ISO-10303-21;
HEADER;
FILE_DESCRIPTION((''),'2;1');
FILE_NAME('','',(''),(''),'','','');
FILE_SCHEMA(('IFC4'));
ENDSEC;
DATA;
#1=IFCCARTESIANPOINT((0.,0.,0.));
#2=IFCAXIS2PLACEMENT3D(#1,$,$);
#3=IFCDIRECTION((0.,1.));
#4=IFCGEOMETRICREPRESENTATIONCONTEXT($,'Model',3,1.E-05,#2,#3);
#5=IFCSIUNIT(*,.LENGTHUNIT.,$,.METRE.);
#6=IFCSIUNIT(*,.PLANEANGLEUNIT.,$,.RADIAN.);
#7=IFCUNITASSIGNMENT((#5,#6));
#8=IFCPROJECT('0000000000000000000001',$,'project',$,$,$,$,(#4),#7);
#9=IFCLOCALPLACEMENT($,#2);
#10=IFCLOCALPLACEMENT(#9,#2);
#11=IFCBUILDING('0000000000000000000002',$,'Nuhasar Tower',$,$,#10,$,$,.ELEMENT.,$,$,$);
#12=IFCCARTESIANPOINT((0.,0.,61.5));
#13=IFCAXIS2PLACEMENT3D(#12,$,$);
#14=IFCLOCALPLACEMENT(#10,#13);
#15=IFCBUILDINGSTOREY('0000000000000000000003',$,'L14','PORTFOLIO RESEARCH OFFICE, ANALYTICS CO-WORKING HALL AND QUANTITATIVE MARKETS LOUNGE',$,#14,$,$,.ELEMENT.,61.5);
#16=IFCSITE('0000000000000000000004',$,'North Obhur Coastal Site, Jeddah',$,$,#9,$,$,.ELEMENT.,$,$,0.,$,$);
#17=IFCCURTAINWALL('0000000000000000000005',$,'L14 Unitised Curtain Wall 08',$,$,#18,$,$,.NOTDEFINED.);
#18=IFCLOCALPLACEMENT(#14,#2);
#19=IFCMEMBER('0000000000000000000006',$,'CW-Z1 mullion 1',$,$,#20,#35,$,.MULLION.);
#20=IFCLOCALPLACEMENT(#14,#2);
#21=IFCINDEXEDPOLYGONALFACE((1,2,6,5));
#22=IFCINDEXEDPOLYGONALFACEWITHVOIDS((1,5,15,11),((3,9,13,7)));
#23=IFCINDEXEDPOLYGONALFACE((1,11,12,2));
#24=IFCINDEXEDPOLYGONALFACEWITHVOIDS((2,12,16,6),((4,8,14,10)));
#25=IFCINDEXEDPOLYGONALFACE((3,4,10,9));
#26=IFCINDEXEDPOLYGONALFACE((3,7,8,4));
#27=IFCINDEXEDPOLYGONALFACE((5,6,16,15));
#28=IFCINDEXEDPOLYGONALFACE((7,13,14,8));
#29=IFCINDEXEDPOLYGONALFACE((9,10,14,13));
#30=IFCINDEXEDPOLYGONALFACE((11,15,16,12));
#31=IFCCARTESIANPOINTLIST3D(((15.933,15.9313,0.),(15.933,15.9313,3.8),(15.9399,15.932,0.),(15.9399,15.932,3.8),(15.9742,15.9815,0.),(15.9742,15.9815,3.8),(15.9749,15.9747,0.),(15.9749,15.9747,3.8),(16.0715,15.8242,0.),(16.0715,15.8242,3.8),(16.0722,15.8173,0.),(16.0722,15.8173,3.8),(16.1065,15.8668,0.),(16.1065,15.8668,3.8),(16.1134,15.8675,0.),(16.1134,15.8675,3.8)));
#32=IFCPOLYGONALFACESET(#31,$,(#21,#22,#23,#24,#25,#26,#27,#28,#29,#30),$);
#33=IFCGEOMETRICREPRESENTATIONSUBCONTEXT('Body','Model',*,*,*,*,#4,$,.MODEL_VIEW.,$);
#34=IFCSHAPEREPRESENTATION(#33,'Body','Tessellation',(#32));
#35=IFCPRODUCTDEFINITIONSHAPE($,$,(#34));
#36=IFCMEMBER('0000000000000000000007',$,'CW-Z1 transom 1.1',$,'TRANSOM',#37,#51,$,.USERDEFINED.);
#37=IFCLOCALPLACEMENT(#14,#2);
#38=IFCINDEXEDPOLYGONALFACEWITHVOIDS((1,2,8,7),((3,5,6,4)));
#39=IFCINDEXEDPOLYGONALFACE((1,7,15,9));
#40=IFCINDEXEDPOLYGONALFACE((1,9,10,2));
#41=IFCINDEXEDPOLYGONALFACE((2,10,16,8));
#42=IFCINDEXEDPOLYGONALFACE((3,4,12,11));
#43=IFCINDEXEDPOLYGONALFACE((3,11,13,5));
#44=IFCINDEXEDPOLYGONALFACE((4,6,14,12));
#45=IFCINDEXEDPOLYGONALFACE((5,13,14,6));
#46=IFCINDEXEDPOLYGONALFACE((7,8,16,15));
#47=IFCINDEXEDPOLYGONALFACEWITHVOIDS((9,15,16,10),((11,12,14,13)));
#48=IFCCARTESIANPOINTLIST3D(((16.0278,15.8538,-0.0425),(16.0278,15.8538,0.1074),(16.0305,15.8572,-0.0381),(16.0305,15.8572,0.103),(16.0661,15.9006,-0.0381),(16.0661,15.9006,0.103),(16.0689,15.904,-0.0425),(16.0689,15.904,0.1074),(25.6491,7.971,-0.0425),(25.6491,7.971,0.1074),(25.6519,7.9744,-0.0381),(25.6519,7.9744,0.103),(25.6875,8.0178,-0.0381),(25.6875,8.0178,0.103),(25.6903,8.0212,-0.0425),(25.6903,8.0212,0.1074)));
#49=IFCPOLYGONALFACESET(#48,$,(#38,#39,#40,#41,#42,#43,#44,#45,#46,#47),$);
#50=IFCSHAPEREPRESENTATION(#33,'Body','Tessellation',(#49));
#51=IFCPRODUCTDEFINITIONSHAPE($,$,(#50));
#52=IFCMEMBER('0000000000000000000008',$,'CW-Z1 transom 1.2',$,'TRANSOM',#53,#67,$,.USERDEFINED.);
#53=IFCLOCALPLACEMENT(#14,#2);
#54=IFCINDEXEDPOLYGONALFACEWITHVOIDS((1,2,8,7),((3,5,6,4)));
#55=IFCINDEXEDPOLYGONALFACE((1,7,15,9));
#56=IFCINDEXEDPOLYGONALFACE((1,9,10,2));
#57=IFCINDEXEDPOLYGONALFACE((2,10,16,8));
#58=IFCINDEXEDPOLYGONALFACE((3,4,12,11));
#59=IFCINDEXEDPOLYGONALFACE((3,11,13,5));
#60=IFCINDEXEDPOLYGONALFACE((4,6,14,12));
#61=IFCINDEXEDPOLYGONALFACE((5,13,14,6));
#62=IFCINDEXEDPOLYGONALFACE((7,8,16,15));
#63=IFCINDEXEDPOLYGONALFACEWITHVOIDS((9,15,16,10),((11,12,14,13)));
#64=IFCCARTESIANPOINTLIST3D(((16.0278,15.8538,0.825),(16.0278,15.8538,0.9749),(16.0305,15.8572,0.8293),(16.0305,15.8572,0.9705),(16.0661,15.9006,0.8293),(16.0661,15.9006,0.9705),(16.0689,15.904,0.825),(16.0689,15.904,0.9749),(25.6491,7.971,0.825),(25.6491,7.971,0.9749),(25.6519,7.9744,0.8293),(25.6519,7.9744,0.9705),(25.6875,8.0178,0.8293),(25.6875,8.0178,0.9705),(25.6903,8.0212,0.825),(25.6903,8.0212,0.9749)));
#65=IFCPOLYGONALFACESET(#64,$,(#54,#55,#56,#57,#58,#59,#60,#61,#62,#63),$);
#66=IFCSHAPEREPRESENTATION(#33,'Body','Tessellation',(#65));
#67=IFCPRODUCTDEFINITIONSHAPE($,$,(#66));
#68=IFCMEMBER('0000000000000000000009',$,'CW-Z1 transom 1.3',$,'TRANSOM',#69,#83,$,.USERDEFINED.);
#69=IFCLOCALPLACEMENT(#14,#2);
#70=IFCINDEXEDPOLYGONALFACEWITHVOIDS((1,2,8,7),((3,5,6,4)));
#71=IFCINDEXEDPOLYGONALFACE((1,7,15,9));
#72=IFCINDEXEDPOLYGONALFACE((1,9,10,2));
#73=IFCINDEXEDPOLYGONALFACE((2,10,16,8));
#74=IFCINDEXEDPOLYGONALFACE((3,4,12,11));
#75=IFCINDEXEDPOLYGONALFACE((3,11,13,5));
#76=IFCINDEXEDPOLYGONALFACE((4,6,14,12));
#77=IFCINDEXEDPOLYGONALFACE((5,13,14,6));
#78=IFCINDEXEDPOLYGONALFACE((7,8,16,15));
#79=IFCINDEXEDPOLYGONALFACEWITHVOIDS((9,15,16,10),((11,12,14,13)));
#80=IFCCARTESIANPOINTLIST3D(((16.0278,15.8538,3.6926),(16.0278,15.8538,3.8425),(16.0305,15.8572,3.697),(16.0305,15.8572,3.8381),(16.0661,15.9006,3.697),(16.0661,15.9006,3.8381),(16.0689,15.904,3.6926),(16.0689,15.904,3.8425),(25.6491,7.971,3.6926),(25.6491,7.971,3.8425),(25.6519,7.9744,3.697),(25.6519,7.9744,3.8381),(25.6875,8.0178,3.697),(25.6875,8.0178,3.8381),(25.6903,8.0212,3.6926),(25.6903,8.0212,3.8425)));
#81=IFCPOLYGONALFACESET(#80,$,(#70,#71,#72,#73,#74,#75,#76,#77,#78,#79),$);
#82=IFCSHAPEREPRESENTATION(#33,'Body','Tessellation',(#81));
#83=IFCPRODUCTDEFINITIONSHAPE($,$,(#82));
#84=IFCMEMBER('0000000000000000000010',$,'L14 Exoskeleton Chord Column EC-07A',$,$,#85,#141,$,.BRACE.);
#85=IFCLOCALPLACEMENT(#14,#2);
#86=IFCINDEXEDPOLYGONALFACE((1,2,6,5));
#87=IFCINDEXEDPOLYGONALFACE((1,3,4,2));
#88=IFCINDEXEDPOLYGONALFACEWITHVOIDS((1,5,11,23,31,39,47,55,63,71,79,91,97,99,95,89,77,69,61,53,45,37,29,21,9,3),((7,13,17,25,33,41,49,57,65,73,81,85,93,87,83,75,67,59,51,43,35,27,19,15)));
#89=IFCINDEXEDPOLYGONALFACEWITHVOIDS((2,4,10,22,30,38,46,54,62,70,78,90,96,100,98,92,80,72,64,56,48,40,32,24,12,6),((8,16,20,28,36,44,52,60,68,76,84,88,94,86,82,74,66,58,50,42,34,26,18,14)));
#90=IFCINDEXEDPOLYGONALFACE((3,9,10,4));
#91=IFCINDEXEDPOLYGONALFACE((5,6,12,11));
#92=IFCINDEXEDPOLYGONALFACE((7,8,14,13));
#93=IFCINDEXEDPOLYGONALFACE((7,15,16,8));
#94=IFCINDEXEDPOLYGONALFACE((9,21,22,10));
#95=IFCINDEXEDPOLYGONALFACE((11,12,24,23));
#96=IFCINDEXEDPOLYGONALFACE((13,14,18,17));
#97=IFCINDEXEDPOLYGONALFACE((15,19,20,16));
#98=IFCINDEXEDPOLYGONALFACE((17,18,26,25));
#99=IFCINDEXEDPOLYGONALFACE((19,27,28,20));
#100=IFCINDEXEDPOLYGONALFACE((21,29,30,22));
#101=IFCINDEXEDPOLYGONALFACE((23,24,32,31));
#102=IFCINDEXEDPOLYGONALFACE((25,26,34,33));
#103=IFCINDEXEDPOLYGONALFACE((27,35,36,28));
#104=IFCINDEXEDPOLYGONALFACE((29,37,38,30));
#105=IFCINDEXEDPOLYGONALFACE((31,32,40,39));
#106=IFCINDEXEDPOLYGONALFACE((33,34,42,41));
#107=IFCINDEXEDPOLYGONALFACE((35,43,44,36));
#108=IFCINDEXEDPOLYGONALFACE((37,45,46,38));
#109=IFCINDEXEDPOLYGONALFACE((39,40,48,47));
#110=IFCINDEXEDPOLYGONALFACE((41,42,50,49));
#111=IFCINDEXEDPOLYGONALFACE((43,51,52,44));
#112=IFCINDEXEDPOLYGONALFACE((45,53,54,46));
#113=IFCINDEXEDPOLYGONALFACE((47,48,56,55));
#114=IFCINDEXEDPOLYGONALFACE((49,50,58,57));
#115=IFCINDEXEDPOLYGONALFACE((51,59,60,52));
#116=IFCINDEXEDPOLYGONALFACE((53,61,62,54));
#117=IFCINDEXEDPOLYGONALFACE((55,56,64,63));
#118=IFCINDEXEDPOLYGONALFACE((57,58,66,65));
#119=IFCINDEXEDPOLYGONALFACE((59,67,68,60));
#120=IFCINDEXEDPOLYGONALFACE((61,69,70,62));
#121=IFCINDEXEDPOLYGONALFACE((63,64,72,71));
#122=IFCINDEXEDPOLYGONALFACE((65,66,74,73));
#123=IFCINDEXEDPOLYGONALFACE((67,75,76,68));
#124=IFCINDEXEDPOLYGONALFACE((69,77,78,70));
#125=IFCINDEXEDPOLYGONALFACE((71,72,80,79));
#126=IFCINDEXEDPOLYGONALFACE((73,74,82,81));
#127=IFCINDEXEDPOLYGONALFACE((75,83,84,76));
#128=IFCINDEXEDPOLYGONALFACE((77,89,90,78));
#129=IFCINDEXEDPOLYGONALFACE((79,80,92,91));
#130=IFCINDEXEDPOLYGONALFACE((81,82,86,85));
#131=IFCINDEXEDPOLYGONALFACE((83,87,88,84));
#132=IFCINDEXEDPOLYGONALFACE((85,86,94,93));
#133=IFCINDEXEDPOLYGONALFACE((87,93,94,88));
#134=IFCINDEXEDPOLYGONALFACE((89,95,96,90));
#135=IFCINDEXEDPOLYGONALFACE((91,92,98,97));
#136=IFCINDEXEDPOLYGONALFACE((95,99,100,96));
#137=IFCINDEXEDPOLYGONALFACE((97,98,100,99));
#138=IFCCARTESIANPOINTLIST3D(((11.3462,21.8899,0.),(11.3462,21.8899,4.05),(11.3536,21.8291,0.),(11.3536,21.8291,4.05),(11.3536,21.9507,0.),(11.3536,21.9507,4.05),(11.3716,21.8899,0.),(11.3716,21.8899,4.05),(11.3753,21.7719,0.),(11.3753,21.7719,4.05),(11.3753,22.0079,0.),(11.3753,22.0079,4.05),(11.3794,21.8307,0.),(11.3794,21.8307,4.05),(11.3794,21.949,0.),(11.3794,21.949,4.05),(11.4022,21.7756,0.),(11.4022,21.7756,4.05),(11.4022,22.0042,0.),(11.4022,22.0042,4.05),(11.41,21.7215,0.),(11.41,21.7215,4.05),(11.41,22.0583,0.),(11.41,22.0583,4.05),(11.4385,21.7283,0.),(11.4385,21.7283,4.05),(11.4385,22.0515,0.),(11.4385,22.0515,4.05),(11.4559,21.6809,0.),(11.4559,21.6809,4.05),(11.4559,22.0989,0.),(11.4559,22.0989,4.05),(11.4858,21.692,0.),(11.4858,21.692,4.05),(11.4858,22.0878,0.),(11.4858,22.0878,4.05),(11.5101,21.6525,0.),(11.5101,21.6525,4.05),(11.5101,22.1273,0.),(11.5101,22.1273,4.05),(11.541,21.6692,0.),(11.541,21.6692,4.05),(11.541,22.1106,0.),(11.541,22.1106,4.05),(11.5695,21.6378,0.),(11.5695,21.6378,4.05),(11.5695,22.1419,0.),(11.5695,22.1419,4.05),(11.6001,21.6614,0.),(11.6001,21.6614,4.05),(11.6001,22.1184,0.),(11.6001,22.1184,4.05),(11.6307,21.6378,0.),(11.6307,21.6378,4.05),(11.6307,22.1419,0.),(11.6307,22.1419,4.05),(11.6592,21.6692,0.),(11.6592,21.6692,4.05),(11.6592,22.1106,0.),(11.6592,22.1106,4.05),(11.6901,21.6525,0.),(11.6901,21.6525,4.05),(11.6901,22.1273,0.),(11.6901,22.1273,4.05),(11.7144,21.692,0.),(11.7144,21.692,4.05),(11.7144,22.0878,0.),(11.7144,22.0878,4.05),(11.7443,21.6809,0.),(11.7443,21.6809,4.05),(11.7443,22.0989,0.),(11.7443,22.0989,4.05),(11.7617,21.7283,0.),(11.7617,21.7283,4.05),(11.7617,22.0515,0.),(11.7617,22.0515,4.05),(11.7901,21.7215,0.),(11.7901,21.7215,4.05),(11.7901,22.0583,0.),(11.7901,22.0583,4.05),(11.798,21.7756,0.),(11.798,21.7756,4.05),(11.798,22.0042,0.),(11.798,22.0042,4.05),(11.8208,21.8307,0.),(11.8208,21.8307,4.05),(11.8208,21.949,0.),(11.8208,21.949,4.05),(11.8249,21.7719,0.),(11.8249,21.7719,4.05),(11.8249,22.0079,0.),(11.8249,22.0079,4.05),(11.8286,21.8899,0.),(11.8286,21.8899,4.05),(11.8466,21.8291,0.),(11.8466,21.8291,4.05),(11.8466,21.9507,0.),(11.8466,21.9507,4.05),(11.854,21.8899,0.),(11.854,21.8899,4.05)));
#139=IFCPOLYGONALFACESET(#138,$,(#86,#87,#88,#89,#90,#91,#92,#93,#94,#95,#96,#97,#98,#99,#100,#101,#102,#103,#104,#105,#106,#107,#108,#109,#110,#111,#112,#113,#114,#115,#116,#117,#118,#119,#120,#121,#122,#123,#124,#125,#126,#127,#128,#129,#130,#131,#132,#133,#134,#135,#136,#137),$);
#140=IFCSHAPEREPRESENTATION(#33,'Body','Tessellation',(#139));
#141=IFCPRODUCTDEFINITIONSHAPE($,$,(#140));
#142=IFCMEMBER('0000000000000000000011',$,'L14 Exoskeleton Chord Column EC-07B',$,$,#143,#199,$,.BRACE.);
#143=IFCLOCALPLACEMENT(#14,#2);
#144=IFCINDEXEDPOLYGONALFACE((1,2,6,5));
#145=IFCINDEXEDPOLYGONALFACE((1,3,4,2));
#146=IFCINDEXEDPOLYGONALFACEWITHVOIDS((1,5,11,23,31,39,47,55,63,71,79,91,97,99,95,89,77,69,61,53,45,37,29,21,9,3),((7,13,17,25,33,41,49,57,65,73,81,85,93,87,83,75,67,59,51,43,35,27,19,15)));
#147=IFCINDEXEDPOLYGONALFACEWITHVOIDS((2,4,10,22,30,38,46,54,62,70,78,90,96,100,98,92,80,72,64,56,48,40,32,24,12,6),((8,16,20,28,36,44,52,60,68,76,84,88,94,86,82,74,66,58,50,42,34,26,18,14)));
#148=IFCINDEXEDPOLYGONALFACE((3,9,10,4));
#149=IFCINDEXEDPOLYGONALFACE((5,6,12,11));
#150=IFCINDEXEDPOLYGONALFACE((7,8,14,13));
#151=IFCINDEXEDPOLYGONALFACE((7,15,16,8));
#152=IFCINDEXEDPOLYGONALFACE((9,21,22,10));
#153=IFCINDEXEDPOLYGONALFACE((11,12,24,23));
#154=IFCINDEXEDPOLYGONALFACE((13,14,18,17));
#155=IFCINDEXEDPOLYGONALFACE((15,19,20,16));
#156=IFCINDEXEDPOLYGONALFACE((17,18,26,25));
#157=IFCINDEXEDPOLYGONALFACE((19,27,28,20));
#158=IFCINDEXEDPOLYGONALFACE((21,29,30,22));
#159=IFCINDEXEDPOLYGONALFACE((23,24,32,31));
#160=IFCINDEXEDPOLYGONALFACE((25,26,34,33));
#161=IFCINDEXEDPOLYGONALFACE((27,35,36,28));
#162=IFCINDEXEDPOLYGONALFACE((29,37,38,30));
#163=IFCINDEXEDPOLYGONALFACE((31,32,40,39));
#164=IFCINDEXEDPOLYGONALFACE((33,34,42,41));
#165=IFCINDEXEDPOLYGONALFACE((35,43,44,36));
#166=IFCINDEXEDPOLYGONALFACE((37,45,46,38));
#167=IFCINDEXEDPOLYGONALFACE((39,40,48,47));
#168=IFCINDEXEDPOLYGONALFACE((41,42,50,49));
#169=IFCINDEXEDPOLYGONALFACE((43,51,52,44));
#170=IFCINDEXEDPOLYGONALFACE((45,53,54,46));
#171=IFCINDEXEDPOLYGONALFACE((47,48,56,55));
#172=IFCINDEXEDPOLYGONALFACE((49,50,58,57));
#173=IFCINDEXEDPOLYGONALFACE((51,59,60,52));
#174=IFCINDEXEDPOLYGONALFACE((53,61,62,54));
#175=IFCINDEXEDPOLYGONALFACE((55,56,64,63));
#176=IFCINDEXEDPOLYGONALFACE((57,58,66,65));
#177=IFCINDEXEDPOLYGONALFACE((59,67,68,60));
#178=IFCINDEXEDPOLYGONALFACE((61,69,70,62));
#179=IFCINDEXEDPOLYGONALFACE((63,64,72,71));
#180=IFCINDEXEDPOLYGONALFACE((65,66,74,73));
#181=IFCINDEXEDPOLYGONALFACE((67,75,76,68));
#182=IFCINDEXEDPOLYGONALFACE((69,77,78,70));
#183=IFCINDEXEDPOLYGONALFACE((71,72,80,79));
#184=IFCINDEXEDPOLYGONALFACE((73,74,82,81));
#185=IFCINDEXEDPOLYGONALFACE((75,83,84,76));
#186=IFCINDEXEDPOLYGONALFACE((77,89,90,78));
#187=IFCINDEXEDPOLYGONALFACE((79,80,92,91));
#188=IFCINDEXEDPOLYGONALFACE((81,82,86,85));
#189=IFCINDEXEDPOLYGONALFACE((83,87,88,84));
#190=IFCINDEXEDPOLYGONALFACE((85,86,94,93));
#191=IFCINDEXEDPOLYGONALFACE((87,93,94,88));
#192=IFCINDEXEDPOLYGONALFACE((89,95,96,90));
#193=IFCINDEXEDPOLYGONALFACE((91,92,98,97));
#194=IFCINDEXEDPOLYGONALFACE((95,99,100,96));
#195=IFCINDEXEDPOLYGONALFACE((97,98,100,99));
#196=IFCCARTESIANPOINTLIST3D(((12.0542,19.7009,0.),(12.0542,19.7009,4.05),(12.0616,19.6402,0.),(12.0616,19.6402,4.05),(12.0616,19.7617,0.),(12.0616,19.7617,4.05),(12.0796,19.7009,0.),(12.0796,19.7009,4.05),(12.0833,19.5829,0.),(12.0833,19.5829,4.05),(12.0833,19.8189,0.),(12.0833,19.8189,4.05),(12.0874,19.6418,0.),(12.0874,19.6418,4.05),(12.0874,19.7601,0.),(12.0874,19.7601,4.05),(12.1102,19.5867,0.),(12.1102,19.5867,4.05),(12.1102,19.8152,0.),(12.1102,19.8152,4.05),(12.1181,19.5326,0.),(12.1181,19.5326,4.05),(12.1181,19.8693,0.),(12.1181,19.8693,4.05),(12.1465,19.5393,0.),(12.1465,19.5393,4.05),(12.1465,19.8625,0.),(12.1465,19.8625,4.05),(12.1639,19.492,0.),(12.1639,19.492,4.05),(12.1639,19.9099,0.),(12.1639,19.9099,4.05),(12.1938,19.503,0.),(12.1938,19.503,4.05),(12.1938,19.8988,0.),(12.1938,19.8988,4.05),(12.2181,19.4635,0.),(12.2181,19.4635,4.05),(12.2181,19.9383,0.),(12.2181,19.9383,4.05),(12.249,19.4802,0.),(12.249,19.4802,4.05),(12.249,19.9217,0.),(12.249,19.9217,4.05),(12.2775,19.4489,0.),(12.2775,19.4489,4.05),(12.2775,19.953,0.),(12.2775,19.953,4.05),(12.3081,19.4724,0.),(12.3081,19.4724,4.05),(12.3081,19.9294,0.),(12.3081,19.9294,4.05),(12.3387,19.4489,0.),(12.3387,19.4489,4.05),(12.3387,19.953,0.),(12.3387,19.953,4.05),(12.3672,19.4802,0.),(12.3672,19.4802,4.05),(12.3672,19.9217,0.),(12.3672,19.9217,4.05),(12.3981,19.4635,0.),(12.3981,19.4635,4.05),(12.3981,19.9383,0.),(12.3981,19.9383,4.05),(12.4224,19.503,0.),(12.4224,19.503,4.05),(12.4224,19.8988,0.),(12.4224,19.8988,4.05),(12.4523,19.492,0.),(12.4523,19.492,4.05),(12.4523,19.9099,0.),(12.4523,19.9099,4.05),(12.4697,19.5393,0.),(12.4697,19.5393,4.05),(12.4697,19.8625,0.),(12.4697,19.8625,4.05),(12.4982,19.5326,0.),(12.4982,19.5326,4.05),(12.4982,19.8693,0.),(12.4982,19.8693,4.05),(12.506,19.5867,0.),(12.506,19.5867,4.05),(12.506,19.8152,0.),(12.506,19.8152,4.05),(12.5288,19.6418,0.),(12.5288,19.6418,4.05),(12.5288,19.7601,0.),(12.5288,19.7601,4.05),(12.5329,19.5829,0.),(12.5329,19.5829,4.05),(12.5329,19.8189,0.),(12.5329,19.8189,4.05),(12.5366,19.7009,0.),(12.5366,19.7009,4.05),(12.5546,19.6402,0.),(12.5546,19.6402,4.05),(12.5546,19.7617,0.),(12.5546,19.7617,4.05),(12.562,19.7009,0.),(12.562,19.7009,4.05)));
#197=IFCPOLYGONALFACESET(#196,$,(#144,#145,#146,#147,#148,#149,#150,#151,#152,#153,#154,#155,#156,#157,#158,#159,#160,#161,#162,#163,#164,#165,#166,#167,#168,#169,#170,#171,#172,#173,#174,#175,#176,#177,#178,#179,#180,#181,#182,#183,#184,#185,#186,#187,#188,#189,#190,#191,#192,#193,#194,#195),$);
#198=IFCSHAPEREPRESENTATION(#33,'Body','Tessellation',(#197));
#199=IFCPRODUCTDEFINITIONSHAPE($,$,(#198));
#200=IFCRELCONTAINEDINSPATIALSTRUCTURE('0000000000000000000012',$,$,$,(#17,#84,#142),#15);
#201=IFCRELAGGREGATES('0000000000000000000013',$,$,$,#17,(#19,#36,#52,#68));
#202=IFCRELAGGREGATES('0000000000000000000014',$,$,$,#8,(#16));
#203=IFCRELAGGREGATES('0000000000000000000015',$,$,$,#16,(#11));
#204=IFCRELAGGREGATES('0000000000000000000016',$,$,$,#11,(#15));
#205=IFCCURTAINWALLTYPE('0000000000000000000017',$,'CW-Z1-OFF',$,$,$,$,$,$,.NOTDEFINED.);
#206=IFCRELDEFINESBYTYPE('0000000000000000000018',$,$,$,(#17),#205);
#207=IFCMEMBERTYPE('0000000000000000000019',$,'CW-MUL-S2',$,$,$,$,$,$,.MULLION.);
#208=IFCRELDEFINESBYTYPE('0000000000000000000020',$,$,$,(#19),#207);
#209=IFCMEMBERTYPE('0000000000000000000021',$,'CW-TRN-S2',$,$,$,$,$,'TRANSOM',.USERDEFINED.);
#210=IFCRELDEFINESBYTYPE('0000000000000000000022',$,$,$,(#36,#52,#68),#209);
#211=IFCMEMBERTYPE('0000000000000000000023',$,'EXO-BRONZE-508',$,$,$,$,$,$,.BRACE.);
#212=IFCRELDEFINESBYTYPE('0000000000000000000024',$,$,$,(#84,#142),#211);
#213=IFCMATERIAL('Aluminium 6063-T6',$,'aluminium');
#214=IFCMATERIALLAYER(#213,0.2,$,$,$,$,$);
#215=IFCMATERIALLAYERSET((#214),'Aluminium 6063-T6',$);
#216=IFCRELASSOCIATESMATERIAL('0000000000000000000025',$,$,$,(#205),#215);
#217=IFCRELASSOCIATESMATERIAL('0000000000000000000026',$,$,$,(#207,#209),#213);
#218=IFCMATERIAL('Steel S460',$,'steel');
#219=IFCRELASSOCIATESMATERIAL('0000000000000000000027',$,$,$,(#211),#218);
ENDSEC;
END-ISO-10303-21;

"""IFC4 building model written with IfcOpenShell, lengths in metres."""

from ifc_helpers import new_model, si_unit, direction, frame, origin, origin_2d, place, context, subcontext, project, spatial, hollow_rectangle, hollow_circle, extrude, material, layer, layer_set, material_profile, profile_set, type_object, element, aggregate, save


model = new_model("IFC4")

# Units and contexts
model_context = context("Model", 3, precision=1e-05, world=origin(), true_north=direction((0.0, 1.0)))
body_context = subcontext(model_context, "Body", "Model", "MODEL_VIEW")
ifc_project = project(units=[si_unit("LENGTHUNIT", "METRE"), si_unit("PLANEANGLEUNIT", "RADIAN")], contexts=[model_context])

# Site, building, storey
site_placement = place(None, origin())
site = spatial("IfcSite", under=ifc_project, at=site_placement, Name="North Obhur Coastal Site, Jeddah", CompositionType="ELEMENT", RefElevation=0.0)
building_placement = place(site_placement, origin())
building = spatial("IfcBuilding", under=site, at=building_placement, Name="Nuhasar Tower", CompositionType="ELEMENT")
storey_placement = place(building_placement, frame((0.0, 0.0, 61.5)))
storey = spatial("IfcBuildingStorey", under=building, at=storey_placement, Name="L14", Description="PORTFOLIO RESEARCH OFFICE, ANALYTICS CO-WORKING HALL AND QUANTITATIVE MARKETS LOUNGE", CompositionType="ELEMENT", Elevation=61.5)

# Shared definitions
ifc_material_1 = material(Name="Aluminium 6063-T6", Category="aluminium")
ifc_layer_1 = layer(ifc_material_1, 0.2)
ifc_layer_set_1 = layer_set([ifc_layer_1], Name="Aluminium 6063-T6")
curtain_wall_type = type_object("IfcCurtainWallType", Name="CW-Z1-OFF", PredefinedType="NOTDEFINED", material=ifc_layer_set_1)
ifc_material_profile_1 = material_profile(ifc_material_1, hollow_rectangle(XDim=0.0649, YDim=0.1799, WallThickness=0.0049, at=origin_2d()), Name="CWM-2")
ifc_profile_set_1 = profile_set([ifc_material_profile_1], Name="Aluminium 6063-T6")
member_type_1 = type_object("IfcMemberType", Name="CW-MUL-S2", PredefinedType="MULLION", material=ifc_profile_set_1)

# Curtain wall, members
curtain_wall_1_placement = place(storey_placement, origin())
curtain_wall_1 = element("IfcCurtainWall", 1, at=curtain_wall_1_placement, inside=storey, type_object=curtain_wall_type, Name="L14 Unitised Curtain Wall 08", PredefinedType="NOTDEFINED")
member_1_placement = place(storey_placement, frame((16.0232, 15.8994, 0.0), z_axis=(0.0, 0.0, 1.0), x_axis=(0.633745, 0.773542, 0.0)))
member_1 = element("IfcMember", 2, at=member_1_placement, type_object=member_type_1, Name="CW-Z1 mullion 1", PredefinedType="MULLION", context=body_context, shape_type="SweptSolid", body=[
    extrude(hollow_rectangle(XDim=0.0649, YDim=0.1799, WallThickness=0.0049, at=origin_2d()), origin(), (0.0, 0.0, 1.0), 3.8),
])
ifc_material_profile_2 = material_profile(ifc_material_1, hollow_rectangle(XDim=0.0649, YDim=0.1499, WallThickness=0.0044, at=origin_2d()), Name="CWT-2")
ifc_profile_set_2 = profile_set([ifc_material_profile_2], Name="Aluminium 6063-T6")
member_type_2 = type_object("IfcMemberType", Name="CW-TRN-S2", ElementType="TRANSOM", PredefinedType="USERDEFINED", material=ifc_profile_set_2)
member_2_placement = place(storey_placement, frame((16.0483, 15.8789, 0.0325), z_axis=(0.773531, -0.633758, 0.0), x_axis=(0.633758, 0.773531, 0.0)))
member_2 = element("IfcMember", 3, at=member_2_placement, type_object=member_type_2, Name="CW-Z1 transom 1.1", ObjectType="TRANSOM", PredefinedType="USERDEFINED", context=body_context, shape_type="SweptSolid", body=[
    extrude(hollow_rectangle(XDim=0.0649, YDim=0.1499, WallThickness=0.0044, at=origin_2d()), origin(), (0.0, 0.0, 1.0), 12.4382),
])
member_3_placement = place(storey_placement, frame((16.0483, 15.8789, 0.8999), z_axis=(0.773531, -0.633758, 0.0), x_axis=(0.633758, 0.773531, 0.0)))
member_3 = element("IfcMember", 4, at=member_3_placement, type_object=member_type_2, Name="CW-Z1 transom 1.2", ObjectType="TRANSOM", PredefinedType="USERDEFINED", context=body_context, shape_type="SweptSolid", body=[
    extrude(hollow_rectangle(XDim=0.0649, YDim=0.1499, WallThickness=0.0044, at=origin_2d()), origin(), (0.0, 0.0, 1.0), 12.4382),
])
member_4_placement = place(storey_placement, frame((16.0483, 15.8789, 3.7676), z_axis=(0.773531, -0.633758, 0.0), x_axis=(0.633758, 0.773531, 0.0)))
member_4 = element("IfcMember", 5, at=member_4_placement, type_object=member_type_2, Name="CW-Z1 transom 1.3", ObjectType="TRANSOM", PredefinedType="USERDEFINED", context=body_context, shape_type="SweptSolid", body=[
    extrude(hollow_rectangle(XDim=0.0649, YDim=0.1499, WallThickness=0.0044, at=origin_2d()), origin(), (0.0, 0.0, 1.0), 12.4382),
])
aggregate(curtain_wall_1, [member_1, member_2, member_3, member_4])

# Members
ifc_material_2 = material(Name="Steel S460", Category="steel")
ifc_material_profile_3 = material_profile(ifc_material_2, hollow_circle(Radius=0.2539, WallThickness=0.0254, at=origin_2d()), Name="HSS508X25.4")
ifc_profile_set_3 = profile_set([ifc_material_profile_3], Name="Steel S460")
member_type_3 = type_object("IfcMemberType", Name="EXO-BRONZE-508", PredefinedType="BRACE", material=ifc_profile_set_3)
for number, where, z_axis, x_axis, name in (
    (6, (11.6001, 21.8899, 0.0), (0.0, 0.0, 1.0), (1.0, 0.0, 0.0), "L14 Exoskeleton Chord Column EC-07A"),
    (7, (12.3081, 19.7009, 0.0), (0.0, 0.0, 1.0), (1.0, 0.0, 0.0), "L14 Exoskeleton Chord Column EC-07B"),
):
    element("IfcMember", number, at=place(storey_placement, frame(where, z_axis=z_axis, x_axis=x_axis)), inside=storey, type_object=member_type_3, Name=name, PredefinedType="BRACE", context=body_context, shape_type="SweptSolid", body=[
        extrude(hollow_circle(Radius=0.2539, WallThickness=0.0254, at=origin_2d()), origin(), (0.0, 0.0, 1.0), 4.05),
    ])

save(model, "model.ifc")
